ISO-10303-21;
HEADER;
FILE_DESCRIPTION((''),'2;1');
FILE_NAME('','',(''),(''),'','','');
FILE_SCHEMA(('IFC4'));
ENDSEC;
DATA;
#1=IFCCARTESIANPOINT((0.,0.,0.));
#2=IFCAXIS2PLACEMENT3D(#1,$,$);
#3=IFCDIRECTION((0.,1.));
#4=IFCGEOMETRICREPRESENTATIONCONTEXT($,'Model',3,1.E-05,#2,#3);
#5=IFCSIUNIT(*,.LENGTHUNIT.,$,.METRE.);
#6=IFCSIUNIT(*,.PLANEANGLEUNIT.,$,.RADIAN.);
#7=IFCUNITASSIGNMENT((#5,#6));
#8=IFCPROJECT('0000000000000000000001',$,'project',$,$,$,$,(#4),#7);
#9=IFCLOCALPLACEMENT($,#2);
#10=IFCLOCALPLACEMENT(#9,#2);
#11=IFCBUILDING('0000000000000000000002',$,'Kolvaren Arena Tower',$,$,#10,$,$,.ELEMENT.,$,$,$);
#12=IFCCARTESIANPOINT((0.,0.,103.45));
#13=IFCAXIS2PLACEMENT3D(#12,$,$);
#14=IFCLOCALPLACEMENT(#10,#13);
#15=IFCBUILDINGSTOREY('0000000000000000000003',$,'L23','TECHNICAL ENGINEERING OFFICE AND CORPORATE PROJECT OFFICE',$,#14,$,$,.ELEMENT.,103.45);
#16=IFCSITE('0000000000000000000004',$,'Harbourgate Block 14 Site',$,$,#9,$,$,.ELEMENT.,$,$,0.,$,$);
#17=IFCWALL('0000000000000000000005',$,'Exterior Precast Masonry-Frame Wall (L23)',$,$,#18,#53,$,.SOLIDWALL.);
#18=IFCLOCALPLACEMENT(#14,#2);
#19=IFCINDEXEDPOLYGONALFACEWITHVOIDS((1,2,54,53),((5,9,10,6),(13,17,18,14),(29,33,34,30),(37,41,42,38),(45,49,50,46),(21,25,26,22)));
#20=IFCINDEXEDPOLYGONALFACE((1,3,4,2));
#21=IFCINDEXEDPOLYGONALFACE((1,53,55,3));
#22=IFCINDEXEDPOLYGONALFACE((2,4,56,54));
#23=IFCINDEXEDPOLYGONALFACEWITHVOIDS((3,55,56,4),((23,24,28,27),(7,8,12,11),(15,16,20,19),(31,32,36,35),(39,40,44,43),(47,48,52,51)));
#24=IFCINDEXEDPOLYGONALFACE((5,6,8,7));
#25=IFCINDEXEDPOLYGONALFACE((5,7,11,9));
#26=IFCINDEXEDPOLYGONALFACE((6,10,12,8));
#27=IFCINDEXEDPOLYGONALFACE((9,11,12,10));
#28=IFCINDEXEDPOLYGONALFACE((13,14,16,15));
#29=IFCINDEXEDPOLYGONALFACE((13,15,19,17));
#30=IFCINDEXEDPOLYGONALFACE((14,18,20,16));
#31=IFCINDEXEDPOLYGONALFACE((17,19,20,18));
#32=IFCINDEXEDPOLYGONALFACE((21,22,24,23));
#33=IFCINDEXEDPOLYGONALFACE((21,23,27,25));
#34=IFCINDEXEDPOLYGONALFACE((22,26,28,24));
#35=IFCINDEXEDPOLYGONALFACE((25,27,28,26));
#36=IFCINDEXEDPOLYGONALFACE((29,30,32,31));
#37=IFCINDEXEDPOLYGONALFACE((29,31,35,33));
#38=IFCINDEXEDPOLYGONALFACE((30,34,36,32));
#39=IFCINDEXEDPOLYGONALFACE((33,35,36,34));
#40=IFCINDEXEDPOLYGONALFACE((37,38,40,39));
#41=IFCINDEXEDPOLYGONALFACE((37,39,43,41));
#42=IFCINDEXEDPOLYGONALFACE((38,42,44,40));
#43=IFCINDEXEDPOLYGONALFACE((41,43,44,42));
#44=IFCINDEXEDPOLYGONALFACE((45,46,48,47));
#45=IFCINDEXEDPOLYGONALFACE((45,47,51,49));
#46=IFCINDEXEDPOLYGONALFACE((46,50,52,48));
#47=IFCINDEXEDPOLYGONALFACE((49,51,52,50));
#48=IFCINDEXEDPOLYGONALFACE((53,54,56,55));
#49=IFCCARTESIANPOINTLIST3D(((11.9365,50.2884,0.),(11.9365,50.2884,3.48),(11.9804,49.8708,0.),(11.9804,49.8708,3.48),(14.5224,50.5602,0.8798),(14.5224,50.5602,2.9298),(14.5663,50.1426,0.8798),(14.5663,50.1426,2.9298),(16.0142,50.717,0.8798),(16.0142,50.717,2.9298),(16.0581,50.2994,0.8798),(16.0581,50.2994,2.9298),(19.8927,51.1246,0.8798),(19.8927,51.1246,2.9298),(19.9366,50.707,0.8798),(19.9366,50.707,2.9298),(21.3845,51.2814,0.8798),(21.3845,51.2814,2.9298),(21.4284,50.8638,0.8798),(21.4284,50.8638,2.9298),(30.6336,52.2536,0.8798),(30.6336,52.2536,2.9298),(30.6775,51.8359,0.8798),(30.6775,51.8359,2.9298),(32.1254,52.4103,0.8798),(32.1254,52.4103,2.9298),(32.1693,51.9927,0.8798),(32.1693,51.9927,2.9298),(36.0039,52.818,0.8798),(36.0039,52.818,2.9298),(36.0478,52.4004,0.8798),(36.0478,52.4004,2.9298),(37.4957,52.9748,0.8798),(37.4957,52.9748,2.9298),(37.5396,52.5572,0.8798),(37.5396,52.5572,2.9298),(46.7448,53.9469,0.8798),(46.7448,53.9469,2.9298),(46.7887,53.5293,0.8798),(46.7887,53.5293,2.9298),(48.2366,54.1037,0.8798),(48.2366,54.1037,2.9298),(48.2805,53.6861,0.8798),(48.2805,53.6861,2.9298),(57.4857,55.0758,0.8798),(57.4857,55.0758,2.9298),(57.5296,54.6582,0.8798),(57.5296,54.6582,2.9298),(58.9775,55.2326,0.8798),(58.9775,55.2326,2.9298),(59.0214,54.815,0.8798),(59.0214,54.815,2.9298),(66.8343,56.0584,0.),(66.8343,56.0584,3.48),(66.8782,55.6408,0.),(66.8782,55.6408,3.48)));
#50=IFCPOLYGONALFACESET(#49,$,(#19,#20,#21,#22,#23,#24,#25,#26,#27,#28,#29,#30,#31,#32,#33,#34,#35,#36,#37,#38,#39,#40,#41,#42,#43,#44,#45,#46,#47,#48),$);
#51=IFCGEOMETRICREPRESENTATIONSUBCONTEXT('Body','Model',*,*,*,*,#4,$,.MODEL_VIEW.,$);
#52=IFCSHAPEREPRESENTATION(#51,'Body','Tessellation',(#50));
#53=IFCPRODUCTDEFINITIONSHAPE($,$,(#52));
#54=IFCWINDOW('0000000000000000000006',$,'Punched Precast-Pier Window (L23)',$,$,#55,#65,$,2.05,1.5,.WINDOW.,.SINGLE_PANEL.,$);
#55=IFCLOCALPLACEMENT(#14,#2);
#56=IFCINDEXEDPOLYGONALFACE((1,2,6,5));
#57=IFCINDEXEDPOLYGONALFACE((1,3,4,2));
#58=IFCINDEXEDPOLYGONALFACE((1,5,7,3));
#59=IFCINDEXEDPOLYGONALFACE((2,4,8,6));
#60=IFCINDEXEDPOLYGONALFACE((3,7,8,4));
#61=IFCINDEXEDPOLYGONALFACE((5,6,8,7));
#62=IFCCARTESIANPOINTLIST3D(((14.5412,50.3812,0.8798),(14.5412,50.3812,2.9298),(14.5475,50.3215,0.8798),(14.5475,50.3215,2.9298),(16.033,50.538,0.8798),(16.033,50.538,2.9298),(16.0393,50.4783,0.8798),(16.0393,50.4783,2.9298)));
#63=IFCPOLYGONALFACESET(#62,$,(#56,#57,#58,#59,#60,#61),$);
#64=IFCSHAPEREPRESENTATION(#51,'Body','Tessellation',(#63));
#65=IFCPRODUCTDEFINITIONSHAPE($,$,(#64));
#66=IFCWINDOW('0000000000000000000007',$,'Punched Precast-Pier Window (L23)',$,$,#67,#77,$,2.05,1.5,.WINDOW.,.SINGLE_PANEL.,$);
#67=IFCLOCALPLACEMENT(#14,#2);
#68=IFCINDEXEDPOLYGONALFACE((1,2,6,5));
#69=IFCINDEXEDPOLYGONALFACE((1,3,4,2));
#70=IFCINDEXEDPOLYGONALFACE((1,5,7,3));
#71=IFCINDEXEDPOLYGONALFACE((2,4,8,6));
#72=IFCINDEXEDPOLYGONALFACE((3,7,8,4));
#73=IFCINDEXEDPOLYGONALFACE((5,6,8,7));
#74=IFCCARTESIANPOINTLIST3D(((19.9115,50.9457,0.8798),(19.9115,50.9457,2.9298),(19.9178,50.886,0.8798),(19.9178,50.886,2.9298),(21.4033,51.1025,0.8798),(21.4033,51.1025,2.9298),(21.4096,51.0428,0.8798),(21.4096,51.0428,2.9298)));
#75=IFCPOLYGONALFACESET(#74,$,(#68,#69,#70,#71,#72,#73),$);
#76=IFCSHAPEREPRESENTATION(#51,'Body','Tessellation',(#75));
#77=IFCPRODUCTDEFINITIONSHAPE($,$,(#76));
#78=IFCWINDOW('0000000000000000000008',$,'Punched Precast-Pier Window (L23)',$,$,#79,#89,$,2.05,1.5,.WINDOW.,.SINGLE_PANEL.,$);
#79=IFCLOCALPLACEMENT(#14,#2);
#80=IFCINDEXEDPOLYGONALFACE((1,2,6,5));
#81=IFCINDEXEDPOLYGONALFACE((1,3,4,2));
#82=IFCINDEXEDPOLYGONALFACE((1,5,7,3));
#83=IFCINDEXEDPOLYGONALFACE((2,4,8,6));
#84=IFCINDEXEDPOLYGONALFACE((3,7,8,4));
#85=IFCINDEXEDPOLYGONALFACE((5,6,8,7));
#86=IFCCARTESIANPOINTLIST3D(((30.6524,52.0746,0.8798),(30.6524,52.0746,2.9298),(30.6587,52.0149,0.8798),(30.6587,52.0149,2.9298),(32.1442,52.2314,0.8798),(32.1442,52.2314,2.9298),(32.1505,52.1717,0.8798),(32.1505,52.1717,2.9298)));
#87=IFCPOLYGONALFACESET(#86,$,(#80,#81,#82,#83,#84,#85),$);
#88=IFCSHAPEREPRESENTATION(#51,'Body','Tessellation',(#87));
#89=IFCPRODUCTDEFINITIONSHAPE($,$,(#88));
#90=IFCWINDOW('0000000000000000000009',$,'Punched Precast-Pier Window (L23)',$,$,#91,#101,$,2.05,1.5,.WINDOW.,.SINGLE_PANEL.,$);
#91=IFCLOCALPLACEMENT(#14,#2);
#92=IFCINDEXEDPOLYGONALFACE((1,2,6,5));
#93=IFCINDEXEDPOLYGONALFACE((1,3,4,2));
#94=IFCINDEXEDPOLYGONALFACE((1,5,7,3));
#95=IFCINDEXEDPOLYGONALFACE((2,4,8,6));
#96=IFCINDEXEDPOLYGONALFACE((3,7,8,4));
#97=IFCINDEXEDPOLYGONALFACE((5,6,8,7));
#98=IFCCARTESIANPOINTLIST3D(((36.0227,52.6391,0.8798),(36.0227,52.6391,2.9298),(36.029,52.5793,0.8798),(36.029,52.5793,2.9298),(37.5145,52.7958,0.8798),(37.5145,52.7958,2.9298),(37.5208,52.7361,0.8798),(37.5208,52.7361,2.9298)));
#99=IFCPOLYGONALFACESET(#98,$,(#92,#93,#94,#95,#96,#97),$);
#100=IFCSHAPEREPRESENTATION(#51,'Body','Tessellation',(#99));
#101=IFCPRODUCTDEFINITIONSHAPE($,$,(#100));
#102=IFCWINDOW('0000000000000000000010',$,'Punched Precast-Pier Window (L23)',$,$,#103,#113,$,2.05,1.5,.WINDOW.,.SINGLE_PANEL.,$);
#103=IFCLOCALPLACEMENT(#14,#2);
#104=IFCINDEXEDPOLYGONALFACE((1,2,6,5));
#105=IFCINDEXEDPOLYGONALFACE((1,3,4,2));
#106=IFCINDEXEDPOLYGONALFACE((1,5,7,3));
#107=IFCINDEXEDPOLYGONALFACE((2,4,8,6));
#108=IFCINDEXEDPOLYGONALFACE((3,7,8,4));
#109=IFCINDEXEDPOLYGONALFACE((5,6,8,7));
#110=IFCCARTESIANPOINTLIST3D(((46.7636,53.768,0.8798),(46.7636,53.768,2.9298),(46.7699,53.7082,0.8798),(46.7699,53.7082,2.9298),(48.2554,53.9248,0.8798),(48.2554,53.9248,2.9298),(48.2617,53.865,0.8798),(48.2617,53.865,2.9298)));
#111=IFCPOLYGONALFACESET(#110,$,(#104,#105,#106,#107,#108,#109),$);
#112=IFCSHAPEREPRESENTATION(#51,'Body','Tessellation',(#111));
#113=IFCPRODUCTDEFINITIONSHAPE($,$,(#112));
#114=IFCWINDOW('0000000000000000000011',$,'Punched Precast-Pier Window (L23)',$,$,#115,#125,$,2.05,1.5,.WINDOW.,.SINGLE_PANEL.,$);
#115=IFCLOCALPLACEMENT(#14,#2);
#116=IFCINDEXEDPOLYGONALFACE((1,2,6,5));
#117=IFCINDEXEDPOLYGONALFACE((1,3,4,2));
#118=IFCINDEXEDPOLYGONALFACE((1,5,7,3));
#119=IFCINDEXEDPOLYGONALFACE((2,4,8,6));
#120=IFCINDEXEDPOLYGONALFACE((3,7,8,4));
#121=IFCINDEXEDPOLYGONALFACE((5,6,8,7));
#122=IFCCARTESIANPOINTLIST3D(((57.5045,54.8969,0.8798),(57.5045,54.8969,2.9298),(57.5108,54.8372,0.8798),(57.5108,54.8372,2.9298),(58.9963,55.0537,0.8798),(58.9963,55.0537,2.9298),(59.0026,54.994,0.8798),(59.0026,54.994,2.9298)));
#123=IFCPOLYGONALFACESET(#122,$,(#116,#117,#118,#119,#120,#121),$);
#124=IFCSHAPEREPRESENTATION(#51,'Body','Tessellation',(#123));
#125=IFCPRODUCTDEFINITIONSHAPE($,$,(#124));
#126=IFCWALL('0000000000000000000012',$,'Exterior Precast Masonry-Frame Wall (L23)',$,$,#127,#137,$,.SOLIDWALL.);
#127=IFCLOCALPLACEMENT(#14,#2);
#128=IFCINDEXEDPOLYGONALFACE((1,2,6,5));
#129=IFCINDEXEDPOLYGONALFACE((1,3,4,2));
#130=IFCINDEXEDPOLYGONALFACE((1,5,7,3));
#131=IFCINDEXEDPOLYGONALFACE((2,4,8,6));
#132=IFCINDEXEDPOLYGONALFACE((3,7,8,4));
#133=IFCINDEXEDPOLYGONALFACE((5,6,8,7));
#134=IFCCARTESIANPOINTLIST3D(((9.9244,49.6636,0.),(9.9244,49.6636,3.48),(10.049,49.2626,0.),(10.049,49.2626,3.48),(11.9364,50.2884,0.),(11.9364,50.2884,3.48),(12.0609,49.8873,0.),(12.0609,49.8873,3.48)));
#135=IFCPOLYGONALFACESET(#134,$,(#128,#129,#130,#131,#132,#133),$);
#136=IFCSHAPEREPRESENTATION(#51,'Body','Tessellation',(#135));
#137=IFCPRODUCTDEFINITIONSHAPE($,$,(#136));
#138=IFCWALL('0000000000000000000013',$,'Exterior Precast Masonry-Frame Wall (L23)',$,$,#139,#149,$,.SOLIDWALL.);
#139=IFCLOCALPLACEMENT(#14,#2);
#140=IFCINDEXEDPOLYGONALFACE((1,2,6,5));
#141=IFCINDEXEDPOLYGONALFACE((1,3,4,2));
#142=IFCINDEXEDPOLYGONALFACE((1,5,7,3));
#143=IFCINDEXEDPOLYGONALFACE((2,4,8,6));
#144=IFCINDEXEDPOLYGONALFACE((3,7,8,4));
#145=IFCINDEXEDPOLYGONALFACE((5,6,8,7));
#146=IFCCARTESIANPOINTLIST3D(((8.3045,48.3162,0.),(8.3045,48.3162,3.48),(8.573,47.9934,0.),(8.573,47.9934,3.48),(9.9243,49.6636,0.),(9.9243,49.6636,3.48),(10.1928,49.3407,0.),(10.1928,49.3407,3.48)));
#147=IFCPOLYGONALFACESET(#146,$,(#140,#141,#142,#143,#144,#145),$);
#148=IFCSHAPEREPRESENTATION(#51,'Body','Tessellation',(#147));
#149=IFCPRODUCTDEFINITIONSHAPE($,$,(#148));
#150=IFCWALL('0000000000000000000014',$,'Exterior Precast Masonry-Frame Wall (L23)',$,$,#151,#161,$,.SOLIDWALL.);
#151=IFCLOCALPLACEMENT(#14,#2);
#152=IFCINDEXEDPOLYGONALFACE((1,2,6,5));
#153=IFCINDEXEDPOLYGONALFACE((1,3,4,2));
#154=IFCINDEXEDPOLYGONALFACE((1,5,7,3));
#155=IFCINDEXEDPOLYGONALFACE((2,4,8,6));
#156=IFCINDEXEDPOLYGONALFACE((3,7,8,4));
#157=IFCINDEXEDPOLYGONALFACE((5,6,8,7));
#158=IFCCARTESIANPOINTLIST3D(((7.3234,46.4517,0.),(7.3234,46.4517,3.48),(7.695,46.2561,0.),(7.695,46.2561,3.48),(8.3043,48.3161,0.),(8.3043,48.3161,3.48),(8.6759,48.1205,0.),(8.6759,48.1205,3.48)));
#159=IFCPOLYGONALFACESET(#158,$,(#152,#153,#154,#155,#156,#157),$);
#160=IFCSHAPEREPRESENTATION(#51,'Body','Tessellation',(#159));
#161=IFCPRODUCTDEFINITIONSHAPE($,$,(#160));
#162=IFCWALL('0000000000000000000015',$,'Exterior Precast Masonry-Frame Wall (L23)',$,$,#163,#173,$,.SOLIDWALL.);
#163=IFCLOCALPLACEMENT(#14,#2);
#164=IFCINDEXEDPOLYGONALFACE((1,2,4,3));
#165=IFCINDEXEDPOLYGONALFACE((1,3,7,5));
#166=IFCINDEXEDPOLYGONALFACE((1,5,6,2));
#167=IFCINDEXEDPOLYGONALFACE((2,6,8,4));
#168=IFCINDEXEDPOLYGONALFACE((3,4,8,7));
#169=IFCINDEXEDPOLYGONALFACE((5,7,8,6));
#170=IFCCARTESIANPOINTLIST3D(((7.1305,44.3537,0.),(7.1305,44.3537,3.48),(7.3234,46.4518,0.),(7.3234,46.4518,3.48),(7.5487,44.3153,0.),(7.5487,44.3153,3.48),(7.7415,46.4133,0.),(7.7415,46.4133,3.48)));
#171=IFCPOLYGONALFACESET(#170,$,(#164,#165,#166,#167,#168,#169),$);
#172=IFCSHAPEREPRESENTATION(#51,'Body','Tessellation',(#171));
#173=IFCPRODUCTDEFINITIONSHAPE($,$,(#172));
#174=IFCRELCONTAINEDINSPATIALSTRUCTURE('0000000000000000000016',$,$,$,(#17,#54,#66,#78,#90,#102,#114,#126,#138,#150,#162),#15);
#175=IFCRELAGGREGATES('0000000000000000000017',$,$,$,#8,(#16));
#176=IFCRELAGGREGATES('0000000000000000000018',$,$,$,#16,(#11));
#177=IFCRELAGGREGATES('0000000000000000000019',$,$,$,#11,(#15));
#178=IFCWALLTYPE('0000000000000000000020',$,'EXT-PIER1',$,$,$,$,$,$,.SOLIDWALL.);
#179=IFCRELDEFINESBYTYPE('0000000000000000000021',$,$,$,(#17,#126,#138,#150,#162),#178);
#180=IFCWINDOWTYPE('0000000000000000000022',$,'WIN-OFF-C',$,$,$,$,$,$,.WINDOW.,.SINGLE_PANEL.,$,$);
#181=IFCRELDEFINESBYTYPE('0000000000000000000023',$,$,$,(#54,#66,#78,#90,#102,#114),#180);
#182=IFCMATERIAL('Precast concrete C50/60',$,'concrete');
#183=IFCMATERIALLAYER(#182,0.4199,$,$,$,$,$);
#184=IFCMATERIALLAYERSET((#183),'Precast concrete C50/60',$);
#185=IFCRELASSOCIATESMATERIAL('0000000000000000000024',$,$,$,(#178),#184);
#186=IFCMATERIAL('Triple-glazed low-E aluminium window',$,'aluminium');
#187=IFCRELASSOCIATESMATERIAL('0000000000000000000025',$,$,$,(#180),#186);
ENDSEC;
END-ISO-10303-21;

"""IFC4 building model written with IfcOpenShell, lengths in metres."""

from ifc_helpers import new_model, si_unit, direction, frame, frame_2d, origin, place, context, subcontext, project, spatial, rectangle, extrude, material, layer, layer_set, type_object, element, fill, save


model = new_model("IFC4")

# Units and contexts
model_context = context("Model", 3, precision=1e-05, world=origin(), true_north=direction((0.0, 1.0)))
body_context = subcontext(model_context, "Body", "Model", "MODEL_VIEW")
ifc_project = project(units=[si_unit("LENGTHUNIT", "METRE"), si_unit("PLANEANGLEUNIT", "RADIAN")], contexts=[model_context])

# Site, building, storey
site_placement = place(None, origin())
site = spatial("IfcSite", under=ifc_project, at=site_placement, Name="Harbourgate Block 14 Site", CompositionType="ELEMENT", RefElevation=0.0)
building_placement = place(site_placement, origin())
building = spatial("IfcBuilding", under=site, at=building_placement, Name="Kolvaren Arena Tower", CompositionType="ELEMENT")
storey_placement = place(building_placement, frame((0.0, 0.0, 103.45)))
storey = spatial("IfcBuildingStorey", under=building, at=storey_placement, Name="L23", Description="TECHNICAL ENGINEERING OFFICE AND CORPORATE PROJECT OFFICE", CompositionType="ELEMENT", Elevation=103.45)

# Wall, openings, windows
ifc_material_1 = material(Name="Precast concrete C50/60", Category="concrete")
ifc_layer_1 = layer(ifc_material_1, 0.4199)
ifc_layer_set_1 = layer_set([ifc_layer_1], Name="Precast concrete C50/60")
wall_type_1 = type_object("IfcWallType", Name="EXT-PIER1", PredefinedType="SOLIDWALL", material=ifc_layer_set_1)
wall_1_placement = place(storey_placement, frame((11.9585, 50.0796, 0.0), z_axis=(0.0, 0.0, 1.0), x_axis=(0.994522, 0.104529, 0.0)))
wall_1 = element("IfcWall", 1, at=wall_1_placement, inside=storey, type_object=wall_type_1, Name="Exterior Precast Masonry-Frame Wall (L23)", PredefinedType="SOLIDWALL", context=body_context, shape_type="SweptSolid", body=[
    extrude(rectangle(XDim=55.2002, YDim=0.4199, at=frame_2d((27.6001, 0.0))), origin(), (0.0, 0.0, 1.0), 3.48),
])
opening_1_placement = place(wall_1_placement, frame((2.6001, 0.0, 0.8799)))
opening_1 = element("IfcOpeningElement", 2, at=opening_1_placement, cuts=wall_1, PredefinedType="OPENING", context=body_context, shape_type="SweptSolid", body=[
    extrude(rectangle(XDim=1.5, YDim=2.05, at=frame_2d((0.75, 1.0249))), frame((0.0, 0.22, 0.0), z_axis=(0.0, -1.0, 0.0), x_axis=(1.0, 0.0, 0.0)), (0.0, 0.0, 1.0), 0.4399),
])
opening_2_placement = place(wall_1_placement, frame((8.0, 0.0, 0.8799)))
opening_2 = element("IfcOpeningElement", 3, at=opening_2_placement, cuts=wall_1, PredefinedType="OPENING", context=body_context, shape_type="SweptSolid", body=[
    extrude(rectangle(XDim=1.5, YDim=2.05, at=frame_2d((0.75, 1.0249))), frame((0.0, 0.22, 0.0), z_axis=(0.0, -1.0, 0.0), x_axis=(1.0, 0.0, 0.0)), (0.0, 0.0, 1.0), 0.4399),
])
opening_3_placement = place(wall_1_placement, frame((18.8, 0.0, 0.8799)))
opening_3 = element("IfcOpeningElement", 4, at=opening_3_placement, cuts=wall_1, PredefinedType="OPENING", context=body_context, shape_type="SweptSolid", body=[
    extrude(rectangle(XDim=1.5, YDim=2.05, at=frame_2d((0.75, 1.0249))), frame((0.0, 0.22, 0.0), z_axis=(0.0, -1.0, 0.0), x_axis=(1.0, 0.0, 0.0)), (0.0, 0.0, 1.0), 0.4399),
])
opening_4_placement = place(wall_1_placement, frame((24.2, 0.0, 0.8799)))
opening_4 = element("IfcOpeningElement", 5, at=opening_4_placement, cuts=wall_1, PredefinedType="OPENING", context=body_context, shape_type="SweptSolid", body=[
    extrude(rectangle(XDim=1.5, YDim=2.05, at=frame_2d((0.75, 1.0249))), frame((0.0, 0.22, 0.0), z_axis=(0.0, -1.0, 0.0), x_axis=(1.0, 0.0, 0.0)), (0.0, 0.0, 1.0), 0.4399),
])
opening_5_placement = place(wall_1_placement, frame((35.0, 0.0, 0.8799)))
opening_5 = element("IfcOpeningElement", 6, at=opening_5_placement, cuts=wall_1, PredefinedType="OPENING", context=body_context, shape_type="SweptSolid", body=[
    extrude(rectangle(XDim=1.5, YDim=2.05, at=frame_2d((0.75, 1.0249))), frame((0.0, 0.22, 0.0), z_axis=(0.0, -1.0, 0.0), x_axis=(1.0, 0.0, 0.0)), (0.0, 0.0, 1.0), 0.4399),
])
opening_6_placement = place(wall_1_placement, frame((45.8, 0.0, 0.8799)))
opening_6 = element("IfcOpeningElement", 7, at=opening_6_placement, cuts=wall_1, PredefinedType="OPENING", context=body_context, shape_type="SweptSolid", body=[
    extrude(rectangle(XDim=1.5, YDim=2.05, at=frame_2d((0.75, 1.0249))), frame((0.0, 0.22, 0.0), z_axis=(0.0, -1.0, 0.0), x_axis=(1.0, 0.0, 0.0)), (0.0, 0.0, 1.0), 0.4399),
])
ifc_material_2 = material(Name="Triple-glazed low-E aluminium window", Category="aluminium")
window_type = type_object("IfcWindowType", Name="WIN-OFF-C", PartitioningType="SINGLE_PANEL", PredefinedType="WINDOW", material=ifc_material_2)
window_1_placement = place(opening_1_placement, origin())
window_1 = element("IfcWindow", 8, at=window_1_placement, inside=storey, type_object=window_type, Name="Punched Precast-Pier Window (L23)", OverallHeight=2.05, OverallWidth=1.5, PartitioningType="SINGLE_PANEL", PredefinedType="WINDOW", context=body_context, shape_type="SweptSolid", body=[
    extrude(rectangle(XDim=1.5, YDim=2.05, at=frame_2d((0.75, 1.0249))), frame((0.0, 0.03, 0.0), z_axis=(0.0, -1.0, 0.0), x_axis=(1.0, 0.0, 0.0)), (0.0, 0.0, 1.0), 0.0601),
])
fill(opening_1, window_1)
window_2_placement = place(opening_2_placement, origin())
window_2 = element("IfcWindow", 9, at=window_2_placement, inside=storey, type_object=window_type, Name="Punched Precast-Pier Window (L23)", OverallHeight=2.05, OverallWidth=1.5, PartitioningType="SINGLE_PANEL", PredefinedType="WINDOW", context=body_context, shape_type="SweptSolid", body=[
    extrude(rectangle(XDim=1.5, YDim=2.05, at=frame_2d((0.75, 1.0249))), frame((0.0, 0.03, 0.0), z_axis=(0.0, -1.0, 0.0), x_axis=(1.0, 0.0, 0.0)), (0.0, 0.0, 1.0), 0.0601),
])
fill(opening_2, window_2)
window_3_placement = place(opening_3_placement, origin())
window_3 = element("IfcWindow", 10, at=window_3_placement, inside=storey, type_object=window_type, Name="Punched Precast-Pier Window (L23)", OverallHeight=2.05, OverallWidth=1.5, PartitioningType="SINGLE_PANEL", PredefinedType="WINDOW", context=body_context, shape_type="SweptSolid", body=[
    extrude(rectangle(XDim=1.5, YDim=2.05, at=frame_2d((0.75, 1.0249))), frame((0.0, 0.03, 0.0), z_axis=(0.0, -1.0, 0.0), x_axis=(1.0, 0.0, 0.0)), (0.0, 0.0, 1.0), 0.0601),
])
fill(opening_3, window_3)
window_4_placement = place(opening_4_placement, origin())
window_4 = element("IfcWindow", 11, at=window_4_placement, inside=storey, type_object=window_type, Name="Punched Precast-Pier Window (L23)", OverallHeight=2.05, OverallWidth=1.5, PartitioningType="SINGLE_PANEL", PredefinedType="WINDOW", context=body_context, shape_type="SweptSolid", body=[
    extrude(rectangle(XDim=1.5, YDim=2.05, at=frame_2d((0.75, 1.0249))), frame((0.0, 0.03, 0.0), z_axis=(0.0, -1.0, 0.0), x_axis=(1.0, 0.0, 0.0)), (0.0, 0.0, 1.0), 0.0601),
])
fill(opening_4, window_4)
window_5_placement = place(opening_5_placement, origin())
window_5 = element("IfcWindow", 12, at=window_5_placement, inside=storey, type_object=window_type, Name="Punched Precast-Pier Window (L23)", OverallHeight=2.05, OverallWidth=1.5, PartitioningType="SINGLE_PANEL", PredefinedType="WINDOW", context=body_context, shape_type="SweptSolid", body=[
    extrude(rectangle(XDim=1.5, YDim=2.05, at=frame_2d((0.75, 1.0249))), frame((0.0, 0.03, 0.0), z_axis=(0.0, -1.0, 0.0), x_axis=(1.0, 0.0, 0.0)), (0.0, 0.0, 1.0), 0.0601),
])
fill(opening_5, window_5)
window_6_placement = place(opening_6_placement, origin())
window_6 = element("IfcWindow", 13, at=window_6_placement, inside=storey, type_object=window_type, Name="Punched Precast-Pier Window (L23)", OverallHeight=2.05, OverallWidth=1.5, PartitioningType="SINGLE_PANEL", PredefinedType="WINDOW", context=body_context, shape_type="SweptSolid", body=[
    extrude(rectangle(XDim=1.5, YDim=2.05, at=frame_2d((0.75, 1.0249))), frame((0.0, 0.03, 0.0), z_axis=(0.0, -1.0, 0.0), x_axis=(1.0, 0.0, 0.0)), (0.0, 0.0, 1.0), 0.0601),
])
fill(opening_6, window_6)

# Walls
wall_2_placement = place(storey_placement, frame((9.9868, 49.4631, 0.0), z_axis=(0.0, 0.0, 1.0), x_axis=(0.955017, 0.296552, 0.0)))
element("IfcWall", 14, at=wall_2_placement, inside=storey, type_object=wall_type_1, Name="Exterior Precast Masonry-Frame Wall (L23)", PredefinedType="SOLIDWALL", context=body_context, shape_type="SweptSolid", body=[
    extrude(rectangle(XDim=2.1067, YDim=0.4199, at=frame_2d((1.0532, 0.0))), origin(), (0.0, 0.0, 1.0), 3.48),
])
wall_3_placement = place(storey_placement, frame((8.4387, 48.1548, 0.0), z_axis=(0.0, 0.0, 1.0), x_axis=(0.7688, 0.639489, 0.0)))
element("IfcWall", 15, at=wall_3_placement, inside=storey, type_object=wall_type_1, Name="Exterior Precast Masonry-Frame Wall (L23)", PredefinedType="SOLIDWALL", context=body_context, shape_type="SweptSolid", body=[
    extrude(rectangle(XDim=2.1069, YDim=0.4199, at=frame_2d((1.0535, 0.0))), origin(), (0.0, 0.0, 1.0), 3.48),
])
wall_4_placement = place(storey_placement, frame((7.5093, 46.354, 0.0), z_axis=(0.0, 0.0, 1.0), x_axis=(0.465613, 0.884989, 0.0)))
element("IfcWall", 16, at=wall_4_placement, inside=storey, type_object=wall_type_1, Name="Exterior Precast Masonry-Frame Wall (L23)", PredefinedType="SOLIDWALL", context=body_context, shape_type="SweptSolid", body=[
    extrude(rectangle(XDim=2.1067, YDim=0.4199, at=frame_2d((1.0532, 0.0))), origin(), (0.0, 0.0, 1.0), 3.48),
])
wall_5_placement = place(storey_placement, frame((7.3396, 44.3345, 0.0), z_axis=(0.0, 0.0, 1.0), x_axis=(0.091539, 0.995802, 0.0)))
element("IfcWall", 17, at=wall_5_placement, inside=storey, type_object=wall_type_1, Name="Exterior Precast Masonry-Frame Wall (L23)", PredefinedType="SOLIDWALL", context=body_context, shape_type="SweptSolid", body=[
    extrude(rectangle(XDim=2.1069, YDim=0.4199, at=frame_2d((1.0535, 0.0))), origin(), (0.0, 0.0, 1.0), 3.48),
])

save(model, "model.ifc")
